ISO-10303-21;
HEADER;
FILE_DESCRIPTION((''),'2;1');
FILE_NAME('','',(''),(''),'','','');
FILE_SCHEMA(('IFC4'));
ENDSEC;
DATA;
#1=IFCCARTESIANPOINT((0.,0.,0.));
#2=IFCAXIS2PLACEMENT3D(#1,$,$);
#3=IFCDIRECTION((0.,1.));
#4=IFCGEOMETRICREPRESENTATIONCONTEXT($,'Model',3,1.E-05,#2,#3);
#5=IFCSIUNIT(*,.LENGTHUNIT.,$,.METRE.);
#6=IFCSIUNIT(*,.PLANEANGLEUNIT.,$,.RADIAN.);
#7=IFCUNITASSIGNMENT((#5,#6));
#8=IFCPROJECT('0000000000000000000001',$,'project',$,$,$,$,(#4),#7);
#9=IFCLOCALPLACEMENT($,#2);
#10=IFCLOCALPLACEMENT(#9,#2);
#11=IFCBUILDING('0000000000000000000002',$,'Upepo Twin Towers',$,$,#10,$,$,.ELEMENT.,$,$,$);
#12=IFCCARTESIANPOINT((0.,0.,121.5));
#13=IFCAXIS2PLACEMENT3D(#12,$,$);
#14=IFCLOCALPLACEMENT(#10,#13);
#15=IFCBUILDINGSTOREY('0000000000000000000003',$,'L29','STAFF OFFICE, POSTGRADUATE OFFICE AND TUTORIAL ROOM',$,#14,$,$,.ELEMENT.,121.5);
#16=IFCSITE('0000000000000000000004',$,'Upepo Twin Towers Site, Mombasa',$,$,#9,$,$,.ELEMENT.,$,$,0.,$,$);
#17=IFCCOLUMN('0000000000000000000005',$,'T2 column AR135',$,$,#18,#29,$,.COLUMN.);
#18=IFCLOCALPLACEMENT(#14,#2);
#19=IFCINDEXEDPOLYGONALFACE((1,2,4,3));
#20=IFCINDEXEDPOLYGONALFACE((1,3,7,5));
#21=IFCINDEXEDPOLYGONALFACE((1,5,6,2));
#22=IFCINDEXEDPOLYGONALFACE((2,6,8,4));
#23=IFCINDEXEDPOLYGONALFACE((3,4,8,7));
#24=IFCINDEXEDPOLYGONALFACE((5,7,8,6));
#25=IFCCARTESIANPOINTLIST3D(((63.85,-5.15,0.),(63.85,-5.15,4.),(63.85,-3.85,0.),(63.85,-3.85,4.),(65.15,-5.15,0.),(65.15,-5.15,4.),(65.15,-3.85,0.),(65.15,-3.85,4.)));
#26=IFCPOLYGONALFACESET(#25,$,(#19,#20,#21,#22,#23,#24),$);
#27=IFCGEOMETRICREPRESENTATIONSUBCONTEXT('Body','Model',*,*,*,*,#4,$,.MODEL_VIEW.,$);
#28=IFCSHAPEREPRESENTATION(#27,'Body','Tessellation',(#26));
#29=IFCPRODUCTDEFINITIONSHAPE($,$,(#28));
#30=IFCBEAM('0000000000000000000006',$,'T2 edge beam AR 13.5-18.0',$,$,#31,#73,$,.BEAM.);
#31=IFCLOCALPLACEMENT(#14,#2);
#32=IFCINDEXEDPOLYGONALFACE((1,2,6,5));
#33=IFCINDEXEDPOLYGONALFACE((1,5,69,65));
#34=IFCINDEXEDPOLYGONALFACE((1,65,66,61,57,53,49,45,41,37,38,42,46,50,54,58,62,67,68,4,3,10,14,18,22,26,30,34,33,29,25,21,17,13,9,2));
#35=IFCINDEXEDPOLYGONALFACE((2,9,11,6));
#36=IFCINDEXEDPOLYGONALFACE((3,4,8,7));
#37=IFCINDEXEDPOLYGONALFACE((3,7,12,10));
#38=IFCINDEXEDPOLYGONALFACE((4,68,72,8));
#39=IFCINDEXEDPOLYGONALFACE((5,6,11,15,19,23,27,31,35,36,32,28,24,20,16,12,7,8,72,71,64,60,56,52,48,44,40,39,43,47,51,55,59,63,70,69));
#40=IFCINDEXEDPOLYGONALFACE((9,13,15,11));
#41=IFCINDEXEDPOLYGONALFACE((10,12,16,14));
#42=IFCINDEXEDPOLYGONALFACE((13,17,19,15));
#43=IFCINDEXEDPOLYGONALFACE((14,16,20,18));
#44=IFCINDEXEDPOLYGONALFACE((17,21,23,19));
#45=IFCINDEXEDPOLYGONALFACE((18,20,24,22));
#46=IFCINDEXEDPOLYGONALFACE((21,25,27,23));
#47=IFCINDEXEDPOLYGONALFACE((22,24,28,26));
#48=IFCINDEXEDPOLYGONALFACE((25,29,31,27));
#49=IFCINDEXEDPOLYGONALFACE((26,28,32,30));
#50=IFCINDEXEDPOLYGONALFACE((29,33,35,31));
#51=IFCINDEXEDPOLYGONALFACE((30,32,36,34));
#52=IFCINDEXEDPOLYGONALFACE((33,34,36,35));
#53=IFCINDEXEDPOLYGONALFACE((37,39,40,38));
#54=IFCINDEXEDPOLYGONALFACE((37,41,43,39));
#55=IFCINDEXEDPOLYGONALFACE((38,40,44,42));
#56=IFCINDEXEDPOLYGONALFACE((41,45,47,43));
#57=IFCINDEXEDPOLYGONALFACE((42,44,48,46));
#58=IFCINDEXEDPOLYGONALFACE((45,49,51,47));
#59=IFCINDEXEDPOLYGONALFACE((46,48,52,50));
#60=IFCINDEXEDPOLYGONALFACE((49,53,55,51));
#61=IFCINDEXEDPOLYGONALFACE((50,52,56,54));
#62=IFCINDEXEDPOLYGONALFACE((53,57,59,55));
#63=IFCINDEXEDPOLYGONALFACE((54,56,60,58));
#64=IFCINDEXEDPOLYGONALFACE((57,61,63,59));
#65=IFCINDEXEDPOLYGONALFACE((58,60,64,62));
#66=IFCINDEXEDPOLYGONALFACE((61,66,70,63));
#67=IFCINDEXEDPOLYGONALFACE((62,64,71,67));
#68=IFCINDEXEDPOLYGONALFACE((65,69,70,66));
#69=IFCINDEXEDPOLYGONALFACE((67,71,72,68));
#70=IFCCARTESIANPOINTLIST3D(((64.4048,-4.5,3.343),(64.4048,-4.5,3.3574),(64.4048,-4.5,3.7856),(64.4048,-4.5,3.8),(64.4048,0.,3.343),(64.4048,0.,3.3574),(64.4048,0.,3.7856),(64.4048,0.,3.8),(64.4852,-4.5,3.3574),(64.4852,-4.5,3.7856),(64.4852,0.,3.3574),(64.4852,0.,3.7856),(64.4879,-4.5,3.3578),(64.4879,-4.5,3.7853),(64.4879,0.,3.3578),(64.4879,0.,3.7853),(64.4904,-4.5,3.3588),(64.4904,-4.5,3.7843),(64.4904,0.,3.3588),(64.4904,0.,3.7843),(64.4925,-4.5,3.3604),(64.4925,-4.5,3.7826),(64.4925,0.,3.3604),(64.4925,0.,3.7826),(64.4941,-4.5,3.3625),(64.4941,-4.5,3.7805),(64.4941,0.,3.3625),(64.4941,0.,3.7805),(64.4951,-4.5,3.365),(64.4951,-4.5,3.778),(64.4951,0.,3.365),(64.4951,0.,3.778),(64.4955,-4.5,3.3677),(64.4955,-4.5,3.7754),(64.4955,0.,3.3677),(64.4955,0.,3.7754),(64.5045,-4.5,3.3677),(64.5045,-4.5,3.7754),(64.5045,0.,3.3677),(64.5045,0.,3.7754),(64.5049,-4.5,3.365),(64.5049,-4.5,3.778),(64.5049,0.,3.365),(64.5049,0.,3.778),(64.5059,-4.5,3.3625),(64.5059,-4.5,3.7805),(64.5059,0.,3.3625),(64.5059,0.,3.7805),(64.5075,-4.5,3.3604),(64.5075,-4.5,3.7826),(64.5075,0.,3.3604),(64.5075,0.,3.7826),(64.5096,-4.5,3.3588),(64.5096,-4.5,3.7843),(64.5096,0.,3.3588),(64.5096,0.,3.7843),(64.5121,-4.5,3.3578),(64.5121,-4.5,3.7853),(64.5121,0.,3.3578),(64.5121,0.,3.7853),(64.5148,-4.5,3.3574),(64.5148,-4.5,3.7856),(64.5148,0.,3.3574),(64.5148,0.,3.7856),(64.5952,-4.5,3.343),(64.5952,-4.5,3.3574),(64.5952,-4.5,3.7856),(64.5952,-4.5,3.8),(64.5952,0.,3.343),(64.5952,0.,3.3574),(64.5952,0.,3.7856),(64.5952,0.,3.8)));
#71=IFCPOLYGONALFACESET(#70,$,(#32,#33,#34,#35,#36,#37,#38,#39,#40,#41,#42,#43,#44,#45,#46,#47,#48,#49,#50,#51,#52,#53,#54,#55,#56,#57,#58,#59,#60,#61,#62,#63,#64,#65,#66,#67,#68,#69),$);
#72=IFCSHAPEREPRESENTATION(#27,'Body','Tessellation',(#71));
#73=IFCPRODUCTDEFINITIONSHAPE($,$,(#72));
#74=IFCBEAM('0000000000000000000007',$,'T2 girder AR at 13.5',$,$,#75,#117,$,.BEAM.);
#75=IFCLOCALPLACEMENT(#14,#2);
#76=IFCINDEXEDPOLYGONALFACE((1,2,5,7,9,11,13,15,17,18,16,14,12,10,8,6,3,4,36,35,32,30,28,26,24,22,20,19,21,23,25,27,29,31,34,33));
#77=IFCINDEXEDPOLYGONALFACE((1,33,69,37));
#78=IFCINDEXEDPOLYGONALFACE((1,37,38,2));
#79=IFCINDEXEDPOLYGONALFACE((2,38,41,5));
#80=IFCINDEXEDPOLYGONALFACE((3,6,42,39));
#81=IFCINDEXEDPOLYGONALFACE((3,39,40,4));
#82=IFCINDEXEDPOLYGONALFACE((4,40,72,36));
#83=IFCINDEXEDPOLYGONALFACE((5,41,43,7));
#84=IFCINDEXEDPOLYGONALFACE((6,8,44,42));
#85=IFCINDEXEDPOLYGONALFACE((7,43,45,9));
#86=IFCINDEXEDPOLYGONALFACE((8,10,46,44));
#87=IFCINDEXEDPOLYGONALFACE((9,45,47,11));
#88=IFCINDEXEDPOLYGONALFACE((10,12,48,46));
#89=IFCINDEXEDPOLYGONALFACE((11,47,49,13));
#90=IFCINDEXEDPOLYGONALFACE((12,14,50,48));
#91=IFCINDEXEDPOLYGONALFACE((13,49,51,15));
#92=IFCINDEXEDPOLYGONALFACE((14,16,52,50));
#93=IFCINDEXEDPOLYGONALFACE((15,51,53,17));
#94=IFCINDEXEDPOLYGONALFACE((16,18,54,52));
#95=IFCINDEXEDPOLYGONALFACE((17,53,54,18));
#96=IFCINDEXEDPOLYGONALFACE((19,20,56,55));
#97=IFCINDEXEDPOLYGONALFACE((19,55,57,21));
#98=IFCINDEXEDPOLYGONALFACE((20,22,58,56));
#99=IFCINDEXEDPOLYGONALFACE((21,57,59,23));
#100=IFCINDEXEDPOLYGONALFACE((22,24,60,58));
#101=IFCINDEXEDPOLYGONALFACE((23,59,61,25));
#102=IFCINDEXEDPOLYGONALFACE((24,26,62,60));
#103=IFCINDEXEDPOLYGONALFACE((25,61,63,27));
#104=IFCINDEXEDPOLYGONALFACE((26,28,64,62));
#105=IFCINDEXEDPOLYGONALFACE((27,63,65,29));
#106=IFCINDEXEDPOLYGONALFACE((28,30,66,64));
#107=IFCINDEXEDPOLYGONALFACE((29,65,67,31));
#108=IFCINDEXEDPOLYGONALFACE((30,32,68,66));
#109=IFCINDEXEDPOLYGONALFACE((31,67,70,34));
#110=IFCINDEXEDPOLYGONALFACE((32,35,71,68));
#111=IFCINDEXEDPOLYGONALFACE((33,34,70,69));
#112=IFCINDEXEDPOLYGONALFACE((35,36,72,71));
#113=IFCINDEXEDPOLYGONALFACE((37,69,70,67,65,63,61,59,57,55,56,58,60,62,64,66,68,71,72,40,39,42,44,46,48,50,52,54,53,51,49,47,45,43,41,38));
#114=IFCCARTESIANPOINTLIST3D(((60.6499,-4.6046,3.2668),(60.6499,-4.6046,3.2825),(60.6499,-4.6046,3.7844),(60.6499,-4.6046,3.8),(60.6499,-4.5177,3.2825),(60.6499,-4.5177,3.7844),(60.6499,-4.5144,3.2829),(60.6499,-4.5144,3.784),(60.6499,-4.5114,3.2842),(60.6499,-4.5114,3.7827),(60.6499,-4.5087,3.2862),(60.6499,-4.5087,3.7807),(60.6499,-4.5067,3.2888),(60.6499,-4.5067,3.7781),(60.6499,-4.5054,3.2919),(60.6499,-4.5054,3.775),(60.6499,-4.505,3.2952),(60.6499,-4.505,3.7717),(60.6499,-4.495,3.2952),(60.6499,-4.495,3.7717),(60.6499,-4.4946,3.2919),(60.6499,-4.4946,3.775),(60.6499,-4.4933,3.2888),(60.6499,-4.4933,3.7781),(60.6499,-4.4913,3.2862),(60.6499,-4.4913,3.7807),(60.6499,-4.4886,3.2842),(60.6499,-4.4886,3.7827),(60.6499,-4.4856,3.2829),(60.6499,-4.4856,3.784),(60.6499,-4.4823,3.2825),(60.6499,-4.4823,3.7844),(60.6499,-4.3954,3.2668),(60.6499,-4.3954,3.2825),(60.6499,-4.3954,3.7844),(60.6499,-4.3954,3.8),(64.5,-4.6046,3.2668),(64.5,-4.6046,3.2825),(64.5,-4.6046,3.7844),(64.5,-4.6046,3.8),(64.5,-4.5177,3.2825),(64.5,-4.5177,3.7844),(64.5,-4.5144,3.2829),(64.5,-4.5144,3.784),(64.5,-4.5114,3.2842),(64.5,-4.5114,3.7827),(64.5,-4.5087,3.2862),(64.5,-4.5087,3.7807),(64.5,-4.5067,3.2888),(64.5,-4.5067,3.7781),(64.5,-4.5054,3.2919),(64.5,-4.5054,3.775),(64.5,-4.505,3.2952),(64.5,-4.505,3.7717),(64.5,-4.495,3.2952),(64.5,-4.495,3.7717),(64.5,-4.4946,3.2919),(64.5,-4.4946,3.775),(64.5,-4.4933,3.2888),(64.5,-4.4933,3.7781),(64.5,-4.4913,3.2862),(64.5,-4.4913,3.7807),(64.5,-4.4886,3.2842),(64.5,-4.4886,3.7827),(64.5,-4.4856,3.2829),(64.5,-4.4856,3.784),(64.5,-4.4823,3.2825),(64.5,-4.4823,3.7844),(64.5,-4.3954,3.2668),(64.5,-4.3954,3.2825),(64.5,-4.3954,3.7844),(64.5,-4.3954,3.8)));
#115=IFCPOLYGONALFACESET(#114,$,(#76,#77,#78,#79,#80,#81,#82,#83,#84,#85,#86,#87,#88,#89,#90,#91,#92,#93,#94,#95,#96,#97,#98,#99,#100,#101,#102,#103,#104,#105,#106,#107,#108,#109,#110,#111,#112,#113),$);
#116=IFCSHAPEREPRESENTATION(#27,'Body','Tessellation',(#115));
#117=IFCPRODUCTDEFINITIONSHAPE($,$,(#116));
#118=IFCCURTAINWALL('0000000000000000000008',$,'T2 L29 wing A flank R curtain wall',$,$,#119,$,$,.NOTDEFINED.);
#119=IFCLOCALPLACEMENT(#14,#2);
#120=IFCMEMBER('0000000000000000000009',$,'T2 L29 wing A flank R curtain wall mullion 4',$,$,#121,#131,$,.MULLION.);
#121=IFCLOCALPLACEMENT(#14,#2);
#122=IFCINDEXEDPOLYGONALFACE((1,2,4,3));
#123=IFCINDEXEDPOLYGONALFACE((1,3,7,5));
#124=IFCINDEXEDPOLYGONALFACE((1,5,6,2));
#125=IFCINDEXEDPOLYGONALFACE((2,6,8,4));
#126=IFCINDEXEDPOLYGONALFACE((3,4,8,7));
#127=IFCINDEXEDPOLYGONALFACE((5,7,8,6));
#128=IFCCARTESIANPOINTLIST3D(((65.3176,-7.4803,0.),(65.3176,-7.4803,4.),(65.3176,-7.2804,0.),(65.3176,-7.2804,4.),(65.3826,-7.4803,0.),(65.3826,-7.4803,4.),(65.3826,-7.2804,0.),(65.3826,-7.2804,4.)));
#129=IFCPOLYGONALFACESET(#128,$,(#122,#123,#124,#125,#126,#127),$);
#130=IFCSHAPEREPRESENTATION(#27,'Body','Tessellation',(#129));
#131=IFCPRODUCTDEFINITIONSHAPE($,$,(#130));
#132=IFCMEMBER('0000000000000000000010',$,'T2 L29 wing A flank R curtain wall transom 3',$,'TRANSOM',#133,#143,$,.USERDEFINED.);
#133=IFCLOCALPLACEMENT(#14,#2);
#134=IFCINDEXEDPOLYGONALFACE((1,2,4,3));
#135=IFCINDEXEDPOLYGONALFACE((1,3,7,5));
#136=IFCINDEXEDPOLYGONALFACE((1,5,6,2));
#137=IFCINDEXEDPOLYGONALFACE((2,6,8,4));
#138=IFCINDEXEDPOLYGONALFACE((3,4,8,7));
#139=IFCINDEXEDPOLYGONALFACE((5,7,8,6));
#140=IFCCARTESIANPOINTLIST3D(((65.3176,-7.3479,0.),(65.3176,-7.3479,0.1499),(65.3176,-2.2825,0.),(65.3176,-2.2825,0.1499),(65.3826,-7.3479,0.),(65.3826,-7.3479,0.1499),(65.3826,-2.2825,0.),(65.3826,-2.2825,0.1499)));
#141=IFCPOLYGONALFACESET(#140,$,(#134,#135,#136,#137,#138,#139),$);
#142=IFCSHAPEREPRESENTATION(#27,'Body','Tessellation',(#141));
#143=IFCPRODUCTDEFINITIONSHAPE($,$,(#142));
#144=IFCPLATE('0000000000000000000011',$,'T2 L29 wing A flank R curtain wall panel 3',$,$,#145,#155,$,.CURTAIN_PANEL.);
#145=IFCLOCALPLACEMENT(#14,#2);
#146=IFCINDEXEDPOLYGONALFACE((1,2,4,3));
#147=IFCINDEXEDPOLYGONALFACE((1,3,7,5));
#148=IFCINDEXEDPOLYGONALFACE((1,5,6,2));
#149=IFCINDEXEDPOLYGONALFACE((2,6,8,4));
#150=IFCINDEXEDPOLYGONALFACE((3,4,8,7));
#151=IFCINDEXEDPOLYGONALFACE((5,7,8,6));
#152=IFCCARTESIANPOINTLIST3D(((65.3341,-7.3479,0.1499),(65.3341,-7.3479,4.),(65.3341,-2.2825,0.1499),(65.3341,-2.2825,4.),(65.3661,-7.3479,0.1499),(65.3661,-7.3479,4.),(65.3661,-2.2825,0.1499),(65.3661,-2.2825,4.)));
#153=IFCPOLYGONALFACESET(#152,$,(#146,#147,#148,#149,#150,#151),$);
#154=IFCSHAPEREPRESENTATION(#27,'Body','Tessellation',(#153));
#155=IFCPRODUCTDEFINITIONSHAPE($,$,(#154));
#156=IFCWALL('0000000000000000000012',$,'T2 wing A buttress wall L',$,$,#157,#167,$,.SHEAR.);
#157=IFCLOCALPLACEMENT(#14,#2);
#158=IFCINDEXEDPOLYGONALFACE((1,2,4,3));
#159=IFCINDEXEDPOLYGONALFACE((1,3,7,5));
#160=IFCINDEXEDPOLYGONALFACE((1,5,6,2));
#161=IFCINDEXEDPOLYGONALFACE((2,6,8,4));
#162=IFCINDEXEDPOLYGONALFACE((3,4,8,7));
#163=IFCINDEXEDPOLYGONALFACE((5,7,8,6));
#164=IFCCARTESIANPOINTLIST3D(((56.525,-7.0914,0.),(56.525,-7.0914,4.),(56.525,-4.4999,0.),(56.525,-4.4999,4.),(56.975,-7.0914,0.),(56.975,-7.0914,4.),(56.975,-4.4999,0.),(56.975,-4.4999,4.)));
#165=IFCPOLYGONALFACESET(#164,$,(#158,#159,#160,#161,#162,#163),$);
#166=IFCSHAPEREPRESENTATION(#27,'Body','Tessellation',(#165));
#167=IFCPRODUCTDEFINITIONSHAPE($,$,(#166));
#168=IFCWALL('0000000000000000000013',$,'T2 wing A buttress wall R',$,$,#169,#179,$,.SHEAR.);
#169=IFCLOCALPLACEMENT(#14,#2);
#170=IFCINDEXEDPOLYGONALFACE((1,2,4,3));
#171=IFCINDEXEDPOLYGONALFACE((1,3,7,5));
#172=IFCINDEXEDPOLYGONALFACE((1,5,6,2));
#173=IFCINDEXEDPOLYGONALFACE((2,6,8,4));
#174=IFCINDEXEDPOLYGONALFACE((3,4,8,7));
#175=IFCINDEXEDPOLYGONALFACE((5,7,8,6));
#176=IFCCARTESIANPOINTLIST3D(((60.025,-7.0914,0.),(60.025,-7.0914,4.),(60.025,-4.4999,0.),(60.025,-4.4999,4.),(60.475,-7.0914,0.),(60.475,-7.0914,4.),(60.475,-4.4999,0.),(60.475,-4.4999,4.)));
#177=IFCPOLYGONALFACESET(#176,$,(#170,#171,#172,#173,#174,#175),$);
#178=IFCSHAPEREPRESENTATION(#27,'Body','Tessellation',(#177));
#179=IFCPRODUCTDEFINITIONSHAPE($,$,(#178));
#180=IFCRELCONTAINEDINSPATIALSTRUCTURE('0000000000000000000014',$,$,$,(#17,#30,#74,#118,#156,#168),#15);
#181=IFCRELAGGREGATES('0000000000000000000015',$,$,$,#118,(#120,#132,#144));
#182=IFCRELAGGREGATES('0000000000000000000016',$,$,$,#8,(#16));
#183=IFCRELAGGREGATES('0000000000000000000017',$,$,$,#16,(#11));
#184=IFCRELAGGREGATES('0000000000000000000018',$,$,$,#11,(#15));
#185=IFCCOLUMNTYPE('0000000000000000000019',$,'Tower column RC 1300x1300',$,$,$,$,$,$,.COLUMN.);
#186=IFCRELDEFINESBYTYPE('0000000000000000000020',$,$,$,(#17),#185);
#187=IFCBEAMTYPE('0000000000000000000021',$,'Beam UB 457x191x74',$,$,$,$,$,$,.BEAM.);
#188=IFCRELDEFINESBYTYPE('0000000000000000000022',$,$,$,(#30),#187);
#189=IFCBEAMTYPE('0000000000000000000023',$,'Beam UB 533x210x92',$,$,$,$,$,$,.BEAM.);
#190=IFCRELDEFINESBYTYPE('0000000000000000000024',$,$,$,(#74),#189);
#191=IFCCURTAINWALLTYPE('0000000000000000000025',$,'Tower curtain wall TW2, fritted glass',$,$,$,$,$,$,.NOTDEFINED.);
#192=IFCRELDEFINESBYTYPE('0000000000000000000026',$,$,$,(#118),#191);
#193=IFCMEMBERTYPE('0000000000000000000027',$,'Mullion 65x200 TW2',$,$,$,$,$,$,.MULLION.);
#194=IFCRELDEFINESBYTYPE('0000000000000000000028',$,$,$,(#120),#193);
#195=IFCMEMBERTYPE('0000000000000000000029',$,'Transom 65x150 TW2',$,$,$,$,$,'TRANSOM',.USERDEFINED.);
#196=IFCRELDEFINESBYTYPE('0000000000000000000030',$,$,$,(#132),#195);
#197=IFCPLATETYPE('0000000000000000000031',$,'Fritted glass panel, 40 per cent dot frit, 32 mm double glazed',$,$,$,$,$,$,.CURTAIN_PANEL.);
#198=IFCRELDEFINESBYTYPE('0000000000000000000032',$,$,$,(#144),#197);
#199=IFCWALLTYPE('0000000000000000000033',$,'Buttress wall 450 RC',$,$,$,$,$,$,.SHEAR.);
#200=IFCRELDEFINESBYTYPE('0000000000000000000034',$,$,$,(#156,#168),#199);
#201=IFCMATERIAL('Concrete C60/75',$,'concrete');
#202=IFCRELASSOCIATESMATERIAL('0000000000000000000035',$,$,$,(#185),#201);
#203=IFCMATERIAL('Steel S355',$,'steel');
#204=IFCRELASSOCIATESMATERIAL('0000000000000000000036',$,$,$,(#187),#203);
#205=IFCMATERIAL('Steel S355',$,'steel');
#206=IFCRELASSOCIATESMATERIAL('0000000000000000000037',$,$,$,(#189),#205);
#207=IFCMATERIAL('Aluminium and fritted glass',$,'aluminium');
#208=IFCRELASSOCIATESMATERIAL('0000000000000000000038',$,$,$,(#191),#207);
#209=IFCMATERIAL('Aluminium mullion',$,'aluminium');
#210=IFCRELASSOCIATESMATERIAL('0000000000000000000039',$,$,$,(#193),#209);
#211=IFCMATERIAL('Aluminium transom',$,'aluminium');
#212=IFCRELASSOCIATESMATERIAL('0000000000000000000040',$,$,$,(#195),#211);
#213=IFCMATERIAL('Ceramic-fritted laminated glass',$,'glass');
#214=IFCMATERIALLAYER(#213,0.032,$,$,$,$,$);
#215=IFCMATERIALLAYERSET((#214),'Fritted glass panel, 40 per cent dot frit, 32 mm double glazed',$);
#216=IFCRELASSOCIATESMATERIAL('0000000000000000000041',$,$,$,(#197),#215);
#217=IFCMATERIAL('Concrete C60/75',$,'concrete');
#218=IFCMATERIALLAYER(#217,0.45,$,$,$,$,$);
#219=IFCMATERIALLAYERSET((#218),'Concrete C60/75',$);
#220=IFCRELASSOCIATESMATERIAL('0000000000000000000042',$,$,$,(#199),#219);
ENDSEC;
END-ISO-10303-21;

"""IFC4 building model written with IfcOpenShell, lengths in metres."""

from ifc_helpers import new_model, si_unit, direction, frame, frame_2d, origin, origin_2d, place, context, subcontext, project, spatial, rectangle, i_section, extrude, material, layer, layer_set, material_profile, profile_set, type_object, element, aggregate, save


model = new_model("IFC4")

# Units and contexts
model_context = context("Model", 3, precision=1e-05, world=origin(), true_north=direction((0.0, 1.0)))
body_context = subcontext(model_context, "Body", "Model", "MODEL_VIEW")
ifc_project = project(units=[si_unit("LENGTHUNIT", "METRE"), si_unit("PLANEANGLEUNIT", "RADIAN")], contexts=[model_context])

# Site, building, storey
site_placement = place(None, origin())
site = spatial("IfcSite", under=ifc_project, at=site_placement, Name="Upepo Twin Towers Site, Mombasa", CompositionType="ELEMENT", RefElevation=0.0)
building_placement = place(site_placement, origin())
building = spatial("IfcBuilding", under=site, at=building_placement, Name="Upepo Twin Towers", CompositionType="ELEMENT")
storey_placement = place(building_placement, frame((0.0, 0.0, 121.5)))
storey = spatial("IfcBuildingStorey", under=building, at=storey_placement, Name="L29", Description="STAFF OFFICE, POSTGRADUATE OFFICE AND TUTORIAL ROOM", CompositionType="ELEMENT", Elevation=121.5)

# Column
ifc_material_1 = material(Name="Concrete C60/75", Category="concrete")
ifc_material_profile_1 = material_profile(ifc_material_1, rectangle(XDim=1.3, YDim=1.3, at=origin_2d()), Name="RC 1300x1300")
ifc_profile_set_1 = profile_set([ifc_material_profile_1], Name="Concrete C60/75")
column_type = type_object("IfcColumnType", Name="Tower column RC 1300x1300", PredefinedType="COLUMN", material=ifc_profile_set_1)
column_placement = place(storey_placement, frame((64.5, -4.5, 0.0), z_axis=(0.0, 0.0, 1.0), x_axis=(1.0, 0.0, 0.0)))
element("IfcColumn", 1, at=column_placement, inside=storey, type_object=column_type, Name="T2 column AR135", PredefinedType="COLUMN", context=body_context, shape_type="SweptSolid", body=[
    extrude(rectangle(XDim=1.3, YDim=1.3, at=origin_2d()), origin(), (0.0, 0.0, 1.0), 4.0),
])

# Beams
ifc_material_2 = material(Name="Steel S355", Category="steel")
ifc_material_profile_2 = material_profile(ifc_material_2, i_section(OverallWidth=0.1904, OverallDepth=0.457, WebThickness=0.009, FlangeThickness=0.0144, FilletRadius=0.0103, at=origin_2d()), Name="UB 457x191x74")
ifc_profile_set_2 = profile_set([ifc_material_profile_2], Name="Steel S355")
beam_type_1 = type_object("IfcBeamType", Name="Beam UB 457x191x74", PredefinedType="BEAM", material=ifc_profile_set_2)
beam_1_placement = place(storey_placement, frame((64.5, -4.5, 3.5715), z_axis=(0.0, 1.0, 0.0), x_axis=(-1.0, 0.0, 0.0)))
element("IfcBeam", 2, at=beam_1_placement, inside=storey, type_object=beam_type_1, Name="T2 edge beam AR 13.5-18.0", PredefinedType="BEAM", context=body_context, shape_type="SweptSolid", body=[
    extrude(i_section(OverallWidth=0.1904, OverallDepth=0.457, WebThickness=0.009, FlangeThickness=0.0144, FilletRadius=0.0103, at=origin_2d()), origin(), (0.0, 0.0, 1.0), 4.5),
])
ifc_material_3 = material(Name="Steel S355", Category="steel")
ifc_material_profile_3 = material_profile(ifc_material_3, i_section(OverallWidth=0.2092, OverallDepth=0.5332, WebThickness=0.01, FlangeThickness=0.0156, FilletRadius=0.0127, at=origin_2d()), Name="UB 533x210x92")
ifc_profile_set_3 = profile_set([ifc_material_profile_3], Name="Steel S355")
beam_type_2 = type_object("IfcBeamType", Name="Beam UB 533x210x92", PredefinedType="BEAM", material=ifc_profile_set_3)
beam_2_placement = place(storey_placement, frame((64.5, -4.5, 3.5334), z_axis=(-1.0, 0.0, 0.0), x_axis=(0.0, -1.0, 0.0)))
element("IfcBeam", 3, at=beam_2_placement, inside=storey, type_object=beam_type_2, Name="T2 girder AR at 13.5", PredefinedType="BEAM", context=body_context, shape_type="SweptSolid", body=[
    extrude(i_section(OverallWidth=0.2092, OverallDepth=0.5332, WebThickness=0.01, FlangeThickness=0.0156, FilletRadius=0.0127, at=origin_2d()), origin(), (0.0, 0.0, 1.0), 3.8501),
])

# Curtain wall, members, plate
ifc_material_4 = material(Name="Aluminium and fritted glass", Category="aluminium")
curtain_wall_type = type_object("IfcCurtainWallType", Name="Tower curtain wall TW2, fritted glass", PredefinedType="NOTDEFINED", material=ifc_material_4)
curtain_wall_placement = place(storey_placement, origin())
curtain_wall = element("IfcCurtainWall", 4, at=curtain_wall_placement, inside=storey, type_object=curtain_wall_type, Name="T2 L29 wing A flank R curtain wall", PredefinedType="NOTDEFINED")
ifc_material_5 = material(Name="Aluminium mullion", Category="aluminium")
ifc_material_profile_4 = material_profile(ifc_material_5, rectangle(XDim=0.0649, YDim=0.2, at=origin_2d()), Name="MULLION 65x200")
ifc_profile_set_4 = profile_set([ifc_material_profile_4], Name="Aluminium mullion")
member_type_1 = type_object("IfcMemberType", Name="Mullion 65x200 TW2", PredefinedType="MULLION", material=ifc_profile_set_4)
member_1_placement = place(storey_placement, frame((65.3501, -7.3804, 0.0), z_axis=(0.0, 0.0, 1.0), x_axis=(1.0, 0.0, 0.0)))
member_1 = element("IfcMember", 5, at=member_1_placement, type_object=member_type_1, Name="T2 L29 wing A flank R curtain wall mullion 4", PredefinedType="MULLION", context=body_context, shape_type="SweptSolid", body=[
    extrude(rectangle(XDim=0.0649, YDim=0.2, at=origin_2d()), origin(), (0.0, 0.0, 1.0), 4.0),
])
ifc_material_6 = material(Name="Aluminium transom", Category="aluminium")
ifc_material_profile_5 = material_profile(ifc_material_6, rectangle(XDim=0.0649, YDim=0.1499, at=origin_2d()), Name="TRANSOM 65x150")
ifc_profile_set_5 = profile_set([ifc_material_profile_5], Name="Aluminium transom")
member_type_2 = type_object("IfcMemberType", Name="Transom 65x150 TW2", ElementType="TRANSOM", PredefinedType="USERDEFINED", material=ifc_profile_set_5)
member_2_placement = place(storey_placement, frame((65.3501, -2.2825, 0.075), z_axis=(0.0, -1.0, 0.0), x_axis=(1.0, 0.0, 0.0)))
member_2 = element("IfcMember", 6, at=member_2_placement, type_object=member_type_2, Name="T2 L29 wing A flank R curtain wall transom 3", ObjectType="TRANSOM", PredefinedType="USERDEFINED", context=body_context, shape_type="SweptSolid", body=[
    extrude(rectangle(XDim=0.0649, YDim=0.1499, at=origin_2d()), origin(), (0.0, 0.0, 1.0), 5.0654),
])
ifc_material_7 = material(Name="Ceramic-fritted laminated glass", Category="glass")
ifc_layer_1 = layer(ifc_material_7, 0.032)
ifc_layer_set_1 = layer_set([ifc_layer_1], Name="Fritted glass panel, 40 per cent dot frit, 32 mm double glazed")
plate_type = type_object("IfcPlateType", Name="Fritted glass panel, 40 per cent dot frit, 32 mm double glazed", PredefinedType="CURTAIN_PANEL", material=ifc_layer_set_1)
plate_placement = place(storey_placement, frame((65.3501, -4.8152, 0.1499), z_axis=(0.0, 0.0, 1.0), x_axis=(0.0, -1.0, 0.0)))
plate = element("IfcPlate", 7, at=plate_placement, type_object=plate_type, Name="T2 L29 wing A flank R curtain wall panel 3", PredefinedType="CURTAIN_PANEL", context=body_context, shape_type="SweptSolid", body=[
    extrude(rectangle(XDim=5.0654, YDim=0.032, at=origin_2d()), origin(), (0.0, 0.0, 1.0), 3.8501),
])
aggregate(curtain_wall, [member_1, member_2, plate])

# Walls
ifc_material_8 = material(Name="Concrete C60/75", Category="concrete")
ifc_layer_2 = layer(ifc_material_8, 0.45)
ifc_layer_set_2 = layer_set([ifc_layer_2], Name="Concrete C60/75")
wall_type_1 = type_object("IfcWallType", Name="Buttress wall 450 RC", PredefinedType="SHEAR", material=ifc_layer_set_2)
for number, where, z_axis, x_axis, name in (
    (8, (56.75, -7.0916, 0.0), (0.0, 0.0, 1.0), (0.0, 1.0, 0.0), "T2 wing A buttress wall L"),
    (9, (60.25, -7.0916, 0.0), (0.0, 0.0, 1.0), (0.0, 1.0, 0.0), "T2 wing A buttress wall R"),
):
    element("IfcWall", number, at=place(storey_placement, frame(where, z_axis=z_axis, x_axis=x_axis)), inside=storey, type_object=wall_type_1, Name=name, PredefinedType="SHEAR", context=body_context, shape_type="SweptSolid", body=[
        extrude(rectangle(XDim=2.5916, YDim=0.45, at=frame_2d((1.2959, 0.0))), origin(), (0.0, 0.0, 1.0), 4.0),
    ])

save(model, "model.ifc")
